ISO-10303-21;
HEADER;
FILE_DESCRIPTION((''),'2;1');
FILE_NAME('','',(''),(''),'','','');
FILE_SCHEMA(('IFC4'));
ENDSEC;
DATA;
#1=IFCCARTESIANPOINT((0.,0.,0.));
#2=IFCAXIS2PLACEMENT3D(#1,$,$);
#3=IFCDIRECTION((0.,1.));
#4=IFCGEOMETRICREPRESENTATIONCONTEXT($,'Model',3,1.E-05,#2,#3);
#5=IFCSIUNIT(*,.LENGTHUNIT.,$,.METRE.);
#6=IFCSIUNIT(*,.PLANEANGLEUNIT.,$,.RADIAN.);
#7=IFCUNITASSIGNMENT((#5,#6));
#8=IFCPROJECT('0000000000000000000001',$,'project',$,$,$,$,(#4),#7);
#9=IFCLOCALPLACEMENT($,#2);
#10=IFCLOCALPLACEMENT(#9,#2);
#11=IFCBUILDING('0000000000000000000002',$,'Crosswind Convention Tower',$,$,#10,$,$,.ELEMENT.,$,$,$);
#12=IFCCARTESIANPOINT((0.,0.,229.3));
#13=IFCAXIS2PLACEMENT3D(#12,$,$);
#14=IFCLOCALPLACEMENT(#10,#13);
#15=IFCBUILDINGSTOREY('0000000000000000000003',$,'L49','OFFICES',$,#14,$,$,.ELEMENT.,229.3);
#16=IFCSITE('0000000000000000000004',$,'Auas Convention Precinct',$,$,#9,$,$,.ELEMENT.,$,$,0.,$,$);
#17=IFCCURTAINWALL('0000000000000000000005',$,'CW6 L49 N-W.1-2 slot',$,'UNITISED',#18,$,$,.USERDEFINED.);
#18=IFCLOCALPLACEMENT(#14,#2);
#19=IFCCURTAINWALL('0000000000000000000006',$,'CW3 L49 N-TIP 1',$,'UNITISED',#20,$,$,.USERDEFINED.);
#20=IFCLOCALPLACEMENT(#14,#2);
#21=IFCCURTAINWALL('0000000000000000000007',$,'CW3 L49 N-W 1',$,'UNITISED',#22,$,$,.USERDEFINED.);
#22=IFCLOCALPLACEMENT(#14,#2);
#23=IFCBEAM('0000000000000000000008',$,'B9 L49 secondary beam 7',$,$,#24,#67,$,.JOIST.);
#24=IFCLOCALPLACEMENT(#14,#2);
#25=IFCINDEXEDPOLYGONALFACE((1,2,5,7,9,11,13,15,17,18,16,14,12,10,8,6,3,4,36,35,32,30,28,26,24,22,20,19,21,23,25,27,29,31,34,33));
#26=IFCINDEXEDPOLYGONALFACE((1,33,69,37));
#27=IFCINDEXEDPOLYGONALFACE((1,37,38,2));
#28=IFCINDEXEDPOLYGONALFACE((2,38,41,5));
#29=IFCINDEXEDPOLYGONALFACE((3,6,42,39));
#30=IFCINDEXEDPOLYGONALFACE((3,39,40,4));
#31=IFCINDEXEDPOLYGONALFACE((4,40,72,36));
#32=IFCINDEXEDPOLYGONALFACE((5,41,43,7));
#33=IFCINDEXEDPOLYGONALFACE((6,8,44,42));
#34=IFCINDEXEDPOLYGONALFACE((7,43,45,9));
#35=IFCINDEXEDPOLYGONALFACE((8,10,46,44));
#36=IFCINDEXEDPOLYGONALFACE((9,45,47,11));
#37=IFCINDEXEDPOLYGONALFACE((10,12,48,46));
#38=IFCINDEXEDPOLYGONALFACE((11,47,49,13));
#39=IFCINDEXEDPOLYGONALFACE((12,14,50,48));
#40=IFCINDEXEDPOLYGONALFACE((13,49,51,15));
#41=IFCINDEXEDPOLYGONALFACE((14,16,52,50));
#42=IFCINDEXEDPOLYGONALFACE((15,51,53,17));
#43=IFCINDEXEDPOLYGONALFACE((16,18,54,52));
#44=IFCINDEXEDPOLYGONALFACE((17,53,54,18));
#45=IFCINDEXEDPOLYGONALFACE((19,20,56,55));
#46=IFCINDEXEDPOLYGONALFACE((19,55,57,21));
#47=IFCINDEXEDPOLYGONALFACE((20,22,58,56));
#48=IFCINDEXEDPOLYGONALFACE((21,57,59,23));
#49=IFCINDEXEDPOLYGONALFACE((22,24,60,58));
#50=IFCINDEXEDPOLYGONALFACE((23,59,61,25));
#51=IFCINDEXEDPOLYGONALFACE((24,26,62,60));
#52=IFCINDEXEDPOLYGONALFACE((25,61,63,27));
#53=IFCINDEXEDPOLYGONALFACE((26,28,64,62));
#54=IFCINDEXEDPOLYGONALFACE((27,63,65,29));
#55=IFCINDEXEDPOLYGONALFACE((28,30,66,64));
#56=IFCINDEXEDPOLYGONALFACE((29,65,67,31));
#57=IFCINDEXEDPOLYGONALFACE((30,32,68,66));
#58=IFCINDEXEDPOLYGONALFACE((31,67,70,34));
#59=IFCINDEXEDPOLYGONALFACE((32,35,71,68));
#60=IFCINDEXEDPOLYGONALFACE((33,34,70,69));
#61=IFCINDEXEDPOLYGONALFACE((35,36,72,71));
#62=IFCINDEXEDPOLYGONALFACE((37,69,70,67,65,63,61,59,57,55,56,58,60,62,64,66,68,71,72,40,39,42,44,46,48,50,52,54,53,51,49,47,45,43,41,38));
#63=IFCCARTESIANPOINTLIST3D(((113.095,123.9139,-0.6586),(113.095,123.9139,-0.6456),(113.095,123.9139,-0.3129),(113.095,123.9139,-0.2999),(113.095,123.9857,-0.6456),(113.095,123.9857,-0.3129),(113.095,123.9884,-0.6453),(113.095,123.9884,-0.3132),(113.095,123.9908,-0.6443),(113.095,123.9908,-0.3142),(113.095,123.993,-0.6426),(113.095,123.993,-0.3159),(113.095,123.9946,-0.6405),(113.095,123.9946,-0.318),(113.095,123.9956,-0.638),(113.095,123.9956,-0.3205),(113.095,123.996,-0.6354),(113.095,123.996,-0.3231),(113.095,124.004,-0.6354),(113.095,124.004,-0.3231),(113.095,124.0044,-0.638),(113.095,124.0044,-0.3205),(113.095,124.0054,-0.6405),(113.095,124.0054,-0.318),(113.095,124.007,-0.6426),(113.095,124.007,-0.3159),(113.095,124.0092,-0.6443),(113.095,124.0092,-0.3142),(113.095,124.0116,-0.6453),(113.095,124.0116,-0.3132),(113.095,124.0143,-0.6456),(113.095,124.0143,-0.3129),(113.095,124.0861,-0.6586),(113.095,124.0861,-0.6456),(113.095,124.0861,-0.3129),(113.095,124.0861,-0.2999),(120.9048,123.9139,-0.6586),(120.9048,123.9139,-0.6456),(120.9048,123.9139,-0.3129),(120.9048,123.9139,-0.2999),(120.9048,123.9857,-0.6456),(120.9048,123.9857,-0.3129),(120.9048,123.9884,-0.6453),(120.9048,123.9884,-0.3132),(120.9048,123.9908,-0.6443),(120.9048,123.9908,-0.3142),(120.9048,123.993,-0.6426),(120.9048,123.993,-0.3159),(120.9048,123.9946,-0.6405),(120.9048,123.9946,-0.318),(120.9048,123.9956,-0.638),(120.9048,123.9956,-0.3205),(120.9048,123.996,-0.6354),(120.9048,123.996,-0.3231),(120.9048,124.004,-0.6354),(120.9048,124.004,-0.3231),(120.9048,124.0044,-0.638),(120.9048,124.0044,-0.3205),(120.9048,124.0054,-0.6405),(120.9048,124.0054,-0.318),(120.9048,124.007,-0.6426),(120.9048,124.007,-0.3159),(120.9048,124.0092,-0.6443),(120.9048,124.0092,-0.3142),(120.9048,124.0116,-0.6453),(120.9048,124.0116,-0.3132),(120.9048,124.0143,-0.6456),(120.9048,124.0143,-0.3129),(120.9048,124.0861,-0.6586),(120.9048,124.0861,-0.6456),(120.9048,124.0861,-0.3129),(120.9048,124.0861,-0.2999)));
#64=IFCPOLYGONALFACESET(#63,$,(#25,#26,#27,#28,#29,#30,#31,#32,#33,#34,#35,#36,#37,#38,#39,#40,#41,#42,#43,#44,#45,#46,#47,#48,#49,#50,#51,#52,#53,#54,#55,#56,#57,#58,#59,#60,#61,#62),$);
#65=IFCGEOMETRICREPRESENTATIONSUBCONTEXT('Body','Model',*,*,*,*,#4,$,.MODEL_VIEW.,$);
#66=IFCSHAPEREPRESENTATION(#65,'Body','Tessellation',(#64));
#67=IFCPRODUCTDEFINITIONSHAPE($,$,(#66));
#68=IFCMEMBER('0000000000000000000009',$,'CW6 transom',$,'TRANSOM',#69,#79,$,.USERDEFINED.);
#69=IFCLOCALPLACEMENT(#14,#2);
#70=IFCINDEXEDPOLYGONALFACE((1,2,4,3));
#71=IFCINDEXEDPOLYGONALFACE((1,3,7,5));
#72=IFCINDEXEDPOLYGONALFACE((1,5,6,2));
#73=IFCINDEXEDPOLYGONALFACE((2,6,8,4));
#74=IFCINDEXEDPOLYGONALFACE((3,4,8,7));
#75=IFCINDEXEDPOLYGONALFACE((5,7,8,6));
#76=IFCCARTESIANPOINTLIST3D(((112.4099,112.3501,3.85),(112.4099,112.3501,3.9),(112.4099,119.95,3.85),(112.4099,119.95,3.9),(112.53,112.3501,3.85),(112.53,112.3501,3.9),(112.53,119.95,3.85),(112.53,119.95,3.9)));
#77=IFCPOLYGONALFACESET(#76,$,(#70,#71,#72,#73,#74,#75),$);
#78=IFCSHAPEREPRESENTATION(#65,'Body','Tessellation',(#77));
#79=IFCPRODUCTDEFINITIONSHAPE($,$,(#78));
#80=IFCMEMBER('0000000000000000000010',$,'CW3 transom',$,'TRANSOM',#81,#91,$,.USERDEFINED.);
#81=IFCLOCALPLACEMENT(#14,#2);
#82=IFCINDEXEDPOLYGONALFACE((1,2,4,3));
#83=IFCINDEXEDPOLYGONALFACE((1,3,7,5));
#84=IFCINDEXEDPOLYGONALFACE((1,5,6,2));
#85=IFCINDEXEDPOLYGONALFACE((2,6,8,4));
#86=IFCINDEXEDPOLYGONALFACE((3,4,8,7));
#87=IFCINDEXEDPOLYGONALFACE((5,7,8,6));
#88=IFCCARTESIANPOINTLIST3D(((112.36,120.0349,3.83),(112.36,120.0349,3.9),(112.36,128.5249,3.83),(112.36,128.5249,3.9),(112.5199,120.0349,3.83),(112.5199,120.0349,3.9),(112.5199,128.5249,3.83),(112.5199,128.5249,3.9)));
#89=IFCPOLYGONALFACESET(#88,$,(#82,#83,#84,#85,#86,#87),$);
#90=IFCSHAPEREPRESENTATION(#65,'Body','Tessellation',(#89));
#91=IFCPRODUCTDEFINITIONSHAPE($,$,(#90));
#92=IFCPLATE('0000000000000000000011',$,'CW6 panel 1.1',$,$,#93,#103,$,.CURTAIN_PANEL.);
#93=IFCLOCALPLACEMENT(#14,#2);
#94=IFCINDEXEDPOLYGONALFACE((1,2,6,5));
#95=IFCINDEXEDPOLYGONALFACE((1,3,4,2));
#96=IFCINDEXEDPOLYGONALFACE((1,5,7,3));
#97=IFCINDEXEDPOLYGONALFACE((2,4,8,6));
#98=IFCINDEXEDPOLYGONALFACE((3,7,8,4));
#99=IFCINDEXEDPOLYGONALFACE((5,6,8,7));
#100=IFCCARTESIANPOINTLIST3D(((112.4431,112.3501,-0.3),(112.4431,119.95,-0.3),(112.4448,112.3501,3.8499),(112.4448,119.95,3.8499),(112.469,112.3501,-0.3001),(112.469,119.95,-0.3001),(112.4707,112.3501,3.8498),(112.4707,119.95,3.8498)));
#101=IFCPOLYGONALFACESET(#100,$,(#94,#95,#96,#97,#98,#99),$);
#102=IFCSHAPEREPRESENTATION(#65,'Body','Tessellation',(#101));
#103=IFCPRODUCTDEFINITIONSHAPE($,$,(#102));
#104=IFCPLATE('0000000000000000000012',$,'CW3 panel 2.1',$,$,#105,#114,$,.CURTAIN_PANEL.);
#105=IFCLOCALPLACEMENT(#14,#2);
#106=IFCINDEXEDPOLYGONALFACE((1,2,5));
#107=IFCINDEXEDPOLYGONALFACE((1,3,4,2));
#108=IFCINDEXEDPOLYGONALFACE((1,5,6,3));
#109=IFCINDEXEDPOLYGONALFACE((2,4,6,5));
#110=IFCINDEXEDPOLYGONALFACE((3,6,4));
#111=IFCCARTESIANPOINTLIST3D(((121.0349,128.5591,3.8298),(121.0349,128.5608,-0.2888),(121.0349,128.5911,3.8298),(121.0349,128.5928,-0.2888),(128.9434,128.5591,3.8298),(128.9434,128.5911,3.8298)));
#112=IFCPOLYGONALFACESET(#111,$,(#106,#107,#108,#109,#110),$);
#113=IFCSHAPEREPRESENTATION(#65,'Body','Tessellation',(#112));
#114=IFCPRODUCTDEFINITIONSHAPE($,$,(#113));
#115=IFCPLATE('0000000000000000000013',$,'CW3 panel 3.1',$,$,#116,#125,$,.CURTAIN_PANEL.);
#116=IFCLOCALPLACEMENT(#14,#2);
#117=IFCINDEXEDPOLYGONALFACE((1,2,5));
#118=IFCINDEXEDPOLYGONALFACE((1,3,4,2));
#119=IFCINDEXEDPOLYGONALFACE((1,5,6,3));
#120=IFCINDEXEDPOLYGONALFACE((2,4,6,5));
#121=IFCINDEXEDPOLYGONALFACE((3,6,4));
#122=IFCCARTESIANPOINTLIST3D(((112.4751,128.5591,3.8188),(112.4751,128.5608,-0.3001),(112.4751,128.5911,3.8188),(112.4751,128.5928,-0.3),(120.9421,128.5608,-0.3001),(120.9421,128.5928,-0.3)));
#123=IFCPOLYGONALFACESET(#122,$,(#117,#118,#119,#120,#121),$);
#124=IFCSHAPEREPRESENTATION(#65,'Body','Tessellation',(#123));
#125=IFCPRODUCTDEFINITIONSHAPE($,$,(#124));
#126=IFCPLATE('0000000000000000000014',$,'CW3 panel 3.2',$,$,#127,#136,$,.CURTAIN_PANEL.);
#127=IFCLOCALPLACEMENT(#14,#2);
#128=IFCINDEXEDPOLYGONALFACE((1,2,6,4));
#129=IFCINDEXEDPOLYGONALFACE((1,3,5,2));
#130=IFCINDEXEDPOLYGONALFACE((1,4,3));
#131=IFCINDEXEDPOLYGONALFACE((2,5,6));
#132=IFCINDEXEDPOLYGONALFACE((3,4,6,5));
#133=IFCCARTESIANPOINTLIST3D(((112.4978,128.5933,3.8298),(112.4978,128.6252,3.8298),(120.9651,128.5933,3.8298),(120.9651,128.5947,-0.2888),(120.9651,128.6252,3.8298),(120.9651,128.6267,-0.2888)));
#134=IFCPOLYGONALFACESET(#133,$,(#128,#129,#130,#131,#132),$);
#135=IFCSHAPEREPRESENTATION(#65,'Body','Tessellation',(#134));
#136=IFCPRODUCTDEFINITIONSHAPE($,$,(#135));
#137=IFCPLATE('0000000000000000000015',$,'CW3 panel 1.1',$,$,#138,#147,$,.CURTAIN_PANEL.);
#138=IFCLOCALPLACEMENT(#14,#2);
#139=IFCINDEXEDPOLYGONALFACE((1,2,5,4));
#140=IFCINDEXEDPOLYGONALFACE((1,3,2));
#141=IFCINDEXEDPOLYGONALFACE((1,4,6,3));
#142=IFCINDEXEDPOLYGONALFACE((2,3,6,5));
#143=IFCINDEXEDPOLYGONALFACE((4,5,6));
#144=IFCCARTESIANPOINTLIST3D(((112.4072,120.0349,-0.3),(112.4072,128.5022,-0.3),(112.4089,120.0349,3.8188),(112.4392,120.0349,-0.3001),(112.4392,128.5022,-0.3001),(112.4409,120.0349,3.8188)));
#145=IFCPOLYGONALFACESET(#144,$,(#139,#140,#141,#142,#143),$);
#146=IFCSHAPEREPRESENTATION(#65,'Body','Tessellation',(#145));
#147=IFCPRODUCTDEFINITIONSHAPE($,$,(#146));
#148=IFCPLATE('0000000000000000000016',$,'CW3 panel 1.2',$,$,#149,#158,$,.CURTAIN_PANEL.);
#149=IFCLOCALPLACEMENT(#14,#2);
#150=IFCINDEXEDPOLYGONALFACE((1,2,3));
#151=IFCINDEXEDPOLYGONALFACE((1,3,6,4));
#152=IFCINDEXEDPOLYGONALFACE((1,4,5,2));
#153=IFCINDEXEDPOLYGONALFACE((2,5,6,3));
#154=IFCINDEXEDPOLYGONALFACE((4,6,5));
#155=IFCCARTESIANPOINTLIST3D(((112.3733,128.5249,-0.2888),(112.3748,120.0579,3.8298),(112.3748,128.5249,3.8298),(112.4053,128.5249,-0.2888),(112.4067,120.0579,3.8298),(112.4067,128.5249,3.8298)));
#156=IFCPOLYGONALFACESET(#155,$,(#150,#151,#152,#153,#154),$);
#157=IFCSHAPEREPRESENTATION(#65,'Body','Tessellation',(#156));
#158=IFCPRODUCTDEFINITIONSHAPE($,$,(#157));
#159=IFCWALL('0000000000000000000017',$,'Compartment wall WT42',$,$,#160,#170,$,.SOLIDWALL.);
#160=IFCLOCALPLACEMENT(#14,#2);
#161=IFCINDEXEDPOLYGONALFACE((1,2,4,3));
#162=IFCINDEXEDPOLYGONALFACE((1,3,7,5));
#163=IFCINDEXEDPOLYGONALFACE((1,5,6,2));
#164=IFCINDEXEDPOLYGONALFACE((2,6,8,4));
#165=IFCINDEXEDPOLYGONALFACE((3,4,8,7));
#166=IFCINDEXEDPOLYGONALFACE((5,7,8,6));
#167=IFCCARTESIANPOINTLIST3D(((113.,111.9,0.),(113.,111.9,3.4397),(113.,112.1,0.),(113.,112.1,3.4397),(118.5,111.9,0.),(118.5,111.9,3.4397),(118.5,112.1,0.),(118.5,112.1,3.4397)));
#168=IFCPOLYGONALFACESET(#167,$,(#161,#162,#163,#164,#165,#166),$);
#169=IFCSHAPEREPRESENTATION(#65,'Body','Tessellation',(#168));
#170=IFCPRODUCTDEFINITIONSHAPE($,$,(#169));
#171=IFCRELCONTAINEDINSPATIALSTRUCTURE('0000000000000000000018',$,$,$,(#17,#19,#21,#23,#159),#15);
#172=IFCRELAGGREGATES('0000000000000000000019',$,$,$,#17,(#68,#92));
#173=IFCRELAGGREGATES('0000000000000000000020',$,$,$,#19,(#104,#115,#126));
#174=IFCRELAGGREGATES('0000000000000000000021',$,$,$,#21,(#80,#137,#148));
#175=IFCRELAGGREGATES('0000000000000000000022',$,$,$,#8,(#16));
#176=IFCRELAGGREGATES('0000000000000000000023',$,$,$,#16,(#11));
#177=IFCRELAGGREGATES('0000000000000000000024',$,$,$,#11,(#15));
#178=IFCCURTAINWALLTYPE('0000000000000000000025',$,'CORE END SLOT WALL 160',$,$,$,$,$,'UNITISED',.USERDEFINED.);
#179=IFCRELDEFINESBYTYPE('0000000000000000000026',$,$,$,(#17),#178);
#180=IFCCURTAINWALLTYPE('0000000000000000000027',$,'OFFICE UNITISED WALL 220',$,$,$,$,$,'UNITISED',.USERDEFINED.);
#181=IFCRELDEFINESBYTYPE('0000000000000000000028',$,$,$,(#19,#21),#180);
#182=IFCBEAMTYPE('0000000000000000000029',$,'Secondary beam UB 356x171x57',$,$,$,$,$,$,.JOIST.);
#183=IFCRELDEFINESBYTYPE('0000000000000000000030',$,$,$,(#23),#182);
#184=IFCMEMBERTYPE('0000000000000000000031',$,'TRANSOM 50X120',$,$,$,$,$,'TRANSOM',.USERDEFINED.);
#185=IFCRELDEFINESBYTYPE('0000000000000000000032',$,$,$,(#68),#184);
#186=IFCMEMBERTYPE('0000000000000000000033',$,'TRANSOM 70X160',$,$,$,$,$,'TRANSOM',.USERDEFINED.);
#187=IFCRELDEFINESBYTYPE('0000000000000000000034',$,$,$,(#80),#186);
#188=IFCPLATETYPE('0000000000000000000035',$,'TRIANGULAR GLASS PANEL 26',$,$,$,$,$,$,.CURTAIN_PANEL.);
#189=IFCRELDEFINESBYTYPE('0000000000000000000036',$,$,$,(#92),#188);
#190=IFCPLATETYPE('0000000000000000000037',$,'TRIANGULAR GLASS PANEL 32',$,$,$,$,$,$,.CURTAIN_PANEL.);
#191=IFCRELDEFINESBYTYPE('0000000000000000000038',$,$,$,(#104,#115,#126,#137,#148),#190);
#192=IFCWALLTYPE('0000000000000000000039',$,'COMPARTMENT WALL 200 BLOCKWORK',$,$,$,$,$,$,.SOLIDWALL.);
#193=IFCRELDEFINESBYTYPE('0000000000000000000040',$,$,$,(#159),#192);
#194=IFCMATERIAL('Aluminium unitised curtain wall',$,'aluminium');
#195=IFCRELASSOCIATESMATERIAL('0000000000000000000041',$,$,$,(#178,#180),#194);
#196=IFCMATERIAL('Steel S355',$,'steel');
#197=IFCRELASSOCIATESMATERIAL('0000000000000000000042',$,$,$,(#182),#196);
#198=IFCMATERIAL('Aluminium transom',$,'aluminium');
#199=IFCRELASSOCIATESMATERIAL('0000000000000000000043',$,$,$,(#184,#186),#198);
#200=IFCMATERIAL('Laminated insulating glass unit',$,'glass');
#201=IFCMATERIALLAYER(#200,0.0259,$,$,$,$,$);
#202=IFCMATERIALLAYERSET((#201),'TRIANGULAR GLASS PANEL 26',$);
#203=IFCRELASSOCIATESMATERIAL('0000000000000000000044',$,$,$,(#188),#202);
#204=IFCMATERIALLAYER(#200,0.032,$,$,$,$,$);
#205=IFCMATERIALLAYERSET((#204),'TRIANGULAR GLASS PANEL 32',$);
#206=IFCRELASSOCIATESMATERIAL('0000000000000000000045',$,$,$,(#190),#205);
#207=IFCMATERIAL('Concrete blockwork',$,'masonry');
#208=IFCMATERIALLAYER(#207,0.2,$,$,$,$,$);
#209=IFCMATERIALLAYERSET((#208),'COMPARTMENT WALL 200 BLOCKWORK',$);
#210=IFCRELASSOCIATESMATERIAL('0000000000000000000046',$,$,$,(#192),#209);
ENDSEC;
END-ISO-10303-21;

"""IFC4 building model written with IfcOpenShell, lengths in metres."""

from ifc_helpers import new_model, si_unit, direction, frame, frame_2d, origin, origin_2d, place, context, subcontext, project, spatial, polyline, rectangle, i_section, outline, extrude, material, layer, layer_set, material_profile, profile_set, type_object, element, aggregate, save


model = new_model("IFC4")

# Units and contexts
model_context = context("Model", 3, precision=1e-05, world=origin(), true_north=direction((0.0, 1.0)))
body_context = subcontext(model_context, "Body", "Model", "MODEL_VIEW")
ifc_project = project(units=[si_unit("LENGTHUNIT", "METRE"), si_unit("PLANEANGLEUNIT", "RADIAN")], contexts=[model_context])

# Site, building, storey
site_placement = place(None, origin())
site = spatial("IfcSite", under=ifc_project, at=site_placement, Name="Auas Convention Precinct", CompositionType="ELEMENT", RefElevation=0.0)
building_placement = place(site_placement, origin())
building = spatial("IfcBuilding", under=site, at=building_placement, Name="Crosswind Convention Tower", CompositionType="ELEMENT")
storey_placement = place(building_placement, frame((0.0, 0.0, 229.3)))
storey = spatial("IfcBuildingStorey", under=building, at=storey_placement, Name="L49", Description="OFFICES", CompositionType="ELEMENT", Elevation=229.3)

# Shared definitions
ifc_material_1 = material(Name="Steel S355", Category="steel")

# Curtain walls
ifc_material_2 = material(Name="Aluminium unitised curtain wall", Category="aluminium")
curtain_wall_type_1 = type_object("IfcCurtainWallType", Name="CORE END SLOT WALL 160", ElementType="UNITISED", PredefinedType="USERDEFINED", material=ifc_material_2)
curtain_wall_1_placement = place(storey_placement, origin())
curtain_wall_1 = element("IfcCurtainWall", 1, at=curtain_wall_1_placement, inside=storey, type_object=curtain_wall_type_1, Name="CW6 L49 N-W.1-2 slot", ObjectType="UNITISED", PredefinedType="USERDEFINED")
curtain_wall_type_2 = type_object("IfcCurtainWallType", Name="OFFICE UNITISED WALL 220", ElementType="UNITISED", PredefinedType="USERDEFINED", material=ifc_material_2)
curtain_wall_2_placement = place(storey_placement, origin())
curtain_wall_2 = element("IfcCurtainWall", 2, at=curtain_wall_2_placement, inside=storey, type_object=curtain_wall_type_2, Name="CW3 L49 N-TIP 1", ObjectType="UNITISED", PredefinedType="USERDEFINED")

# Curtain wall
curtain_wall_3_placement = place(storey_placement, origin())
curtain_wall_3 = element("IfcCurtainWall", 3, at=curtain_wall_3_placement, inside=storey, type_object=curtain_wall_type_2, Name="CW3 L49 N-W 1", ObjectType="UNITISED", PredefinedType="USERDEFINED")

# Beam
ifc_material_profile_1 = material_profile(ifc_material_1, i_section(OverallWidth=0.1721, OverallDepth=0.3586, WebThickness=0.0081, FlangeThickness=0.0129, FilletRadius=0.0103, at=origin_2d()), Name="UB 356x171x57")
ifc_profile_set_1 = profile_set([ifc_material_profile_1], Name="Steel S355")
beam_type_1 = type_object("IfcBeamType", Name="Secondary beam UB 356x171x57", PredefinedType="JOIST", material=ifc_profile_set_1)
for number, where, z_axis, x_axis, name in (
    (4, (113.095, 124.0, -0.4792), (1.0, 0.0, 0.0), (0.0, 1.0, 0.0), "B9 L49 secondary beam 7"),
):
    element("IfcBeam", number, at=place(storey_placement, frame(where, z_axis=z_axis, x_axis=x_axis)), inside=storey, type_object=beam_type_1, Name=name, PredefinedType="JOIST", context=body_context, shape_type="SweptSolid", body=[
        extrude(i_section(OverallWidth=0.1721, OverallDepth=0.3586, WebThickness=0.0081, FlangeThickness=0.0129, FilletRadius=0.0103, at=origin_2d()), origin(), (0.0, 0.0, 1.0), 7.8098),
    ])

# Members
ifc_material_3 = material(Name="Aluminium transom", Category="aluminium")
ifc_material_profile_2 = material_profile(ifc_material_3, rectangle(XDim=0.1201, YDim=0.05, at=origin_2d()), Name="AL 120X50")
ifc_profile_set_2 = profile_set([ifc_material_profile_2], Name="Aluminium transom")
member_type_1 = type_object("IfcMemberType", Name="TRANSOM 50X120", ElementType="TRANSOM", PredefinedType="USERDEFINED", material=ifc_profile_set_2)
member_1_placement = place(storey_placement, frame((112.47, 119.95, 3.875), z_axis=(0.0, -1.0, 0.0), x_axis=(1.0, 0.0, 0.0)))
member_1 = element("IfcMember", 5, at=member_1_placement, type_object=member_type_1, Name="CW6 transom", ObjectType="TRANSOM", PredefinedType="USERDEFINED", context=body_context, shape_type="SweptSolid", body=[
    extrude(rectangle(XDim=0.1201, YDim=0.05, at=origin_2d()), origin(), (0.0, 0.0, 1.0), 7.5999),
])
ifc_material_profile_3 = material_profile(ifc_material_3, rectangle(XDim=0.1599, YDim=0.0701, at=origin_2d()), Name="AL 160X70")
ifc_profile_set_3 = profile_set([ifc_material_profile_3], Name="Aluminium transom")
member_type_2 = type_object("IfcMemberType", Name="TRANSOM 70X160", ElementType="TRANSOM", PredefinedType="USERDEFINED", material=ifc_profile_set_3)
member_2_placement = place(storey_placement, frame((112.4399, 128.5249, 3.865), z_axis=(0.0, -1.0, 0.0), x_axis=(1.0, 0.0, 0.0)))
member_2 = element("IfcMember", 6, at=member_2_placement, type_object=member_type_2, Name="CW3 transom", ObjectType="TRANSOM", PredefinedType="USERDEFINED", context=body_context, shape_type="SweptSolid", body=[
    extrude(rectangle(XDim=0.1599, YDim=0.0701, at=origin_2d()), origin(), (0.0, 0.0, 1.0), 8.49),
])

# Plates
ifc_material_4 = material(Name="Laminated insulating glass unit", Category="glass")
ifc_layer_1 = layer(ifc_material_4, 0.0259)
ifc_layer_set_1 = layer_set([ifc_layer_1], Name="TRIANGULAR GLASS PANEL 26")
plate_type_1 = type_object("IfcPlateType", Name="TRIANGULAR GLASS PANEL 26", PredefinedType="CURTAIN_PANEL", material=ifc_layer_set_1)
plate_1_placement = place(storey_placement, frame((112.4431, 119.95, -0.3), z_axis=(-1.0, 0.0, 0.000412), x_axis=(0.0, -1.0, 0.0)))
plate_1 = element("IfcPlate", 7, at=plate_1_placement, type_object=plate_type_1, Name="CW6 panel 1.1", PredefinedType="CURTAIN_PANEL", context=body_context, shape_type="SweptSolid", body=[
    extrude(outline(polyline([(0.0, 0.0), (7.5999, 0.0), (7.5999, 4.1499), (0.0, 4.1499), (0.0, 0.0)])), origin(), (0.0, 0.0, -1.0), 0.0259),
])
aggregate(curtain_wall_1, [member_1, plate_1])
ifc_layer_2 = layer(ifc_material_4, 0.032)
ifc_layer_set_2 = layer_set([ifc_layer_2], Name="TRIANGULAR GLASS PANEL 32")
plate_type_2 = type_object("IfcPlateType", Name="TRIANGULAR GLASS PANEL 32", PredefinedType="CURTAIN_PANEL", material=ifc_layer_set_2)
plate_2_placement = place(storey_placement, frame((121.0349, 128.5911, 3.8298), z_axis=(0.0, 1.0, 0.000415), x_axis=(1.0, 0.0, 0.0)))
plate_2 = element("IfcPlate", 8, at=plate_2_placement, type_object=plate_type_2, Name="CW3 panel 2.1", PredefinedType="CURTAIN_PANEL", context=body_context, shape_type="SweptSolid", body=[
    extrude(outline(polyline([(0.0, 0.0), (7.9084, 0.0), (0.0, 4.1187), (0.0, 0.0)])), origin(), (0.0, 0.0, -1.0), 0.032),
])
plate_3_placement = place(storey_placement, frame((112.4751, 128.5928, -0.3), z_axis=(0.0, 1.0, 0.000415), x_axis=(0.0, -0.000415, 1.0)))
plate_3 = element("IfcPlate", 9, at=plate_3_placement, type_object=plate_type_2, Name="CW3 panel 3.1", PredefinedType="CURTAIN_PANEL", context=body_context, shape_type="SweptSolid", body=[
    extrude(outline(polyline([(0.0, 0.0), (4.1189, 0.0), (0.0, 8.467), (0.0, 0.0)])), origin(), (0.0, 0.0, -1.0), 0.032),
])
plate_4_placement = place(storey_placement, frame((120.9651, 128.6252, 3.8298), z_axis=(0.0, 1.0, 0.000356), x_axis=(0.0, 0.000356, -1.0)))
plate_4 = element("IfcPlate", 10, at=plate_4_placement, type_object=plate_type_2, Name="CW3 panel 3.2", PredefinedType="CURTAIN_PANEL", context=body_context, shape_type="SweptSolid", body=[
    extrude(outline(polyline([(0.0, 0.0), (4.1187, 0.0), (0.0, 8.4673), (0.0, 0.0)])), origin(), (0.0, 0.0, -1.0), 0.032),
])
aggregate(curtain_wall_2, [plate_2, plate_3, plate_4])
plate_5_placement = place(storey_placement, frame((112.4072, 120.0349, -0.3), z_axis=(-1.0, 0.0, 0.000415), x_axis=(0.000415, 0.0, 1.0)))
plate_5 = element("IfcPlate", 11, at=plate_5_placement, type_object=plate_type_2, Name="CW3 panel 1.1", PredefinedType="CURTAIN_PANEL", context=body_context, shape_type="SweptSolid", body=[
    extrude(outline(polyline([(0.0, 0.0), (4.1189, 0.0), (0.0, 8.4673), (0.0, 0.0)])), origin(), (0.0, 0.0, -1.0), 0.032),
])
plate_6_placement = place(storey_placement, frame((112.3748, 128.5249, 3.8298), z_axis=(-1.0, 0.0, 0.000356), x_axis=(-0.000356, 0.0, -1.0)))
plate_6 = element("IfcPlate", 12, at=plate_6_placement, type_object=plate_type_2, Name="CW3 panel 1.2", PredefinedType="CURTAIN_PANEL", context=body_context, shape_type="SweptSolid", body=[
    extrude(outline(polyline([(0.0, 0.0), (4.1187, 0.0), (0.0, 8.467), (0.0, 0.0)])), origin(), (0.0, 0.0, -1.0), 0.032),
])

# Wall
ifc_material_5 = material(Name="Concrete blockwork", Category="masonry")
ifc_layer_3 = layer(ifc_material_5, 0.2)
ifc_layer_set_3 = layer_set([ifc_layer_3], Name="COMPARTMENT WALL 200 BLOCKWORK")
wall_type_1 = type_object("IfcWallType", Name="COMPARTMENT WALL 200 BLOCKWORK", PredefinedType="SOLIDWALL", material=ifc_layer_set_3)
wall_1_placement = place(storey_placement, frame((113.0, 112.0, 0.0), z_axis=(0.0, 0.0, 1.0), x_axis=(1.0, 0.0, 0.0)))
element("IfcWall", 13, at=wall_1_placement, inside=storey, type_object=wall_type_1, Name="Compartment wall WT42", PredefinedType="SOLIDWALL", context=body_context, shape_type="SweptSolid", body=[
    extrude(rectangle(XDim=5.5, YDim=0.2, at=frame_2d((2.75, 0.0))), origin(), (0.0, 0.0, 1.0), 3.4397),
])

aggregate(curtain_wall_3, [member_2, plate_5, plate_6])

save(model, "model.ifc")
